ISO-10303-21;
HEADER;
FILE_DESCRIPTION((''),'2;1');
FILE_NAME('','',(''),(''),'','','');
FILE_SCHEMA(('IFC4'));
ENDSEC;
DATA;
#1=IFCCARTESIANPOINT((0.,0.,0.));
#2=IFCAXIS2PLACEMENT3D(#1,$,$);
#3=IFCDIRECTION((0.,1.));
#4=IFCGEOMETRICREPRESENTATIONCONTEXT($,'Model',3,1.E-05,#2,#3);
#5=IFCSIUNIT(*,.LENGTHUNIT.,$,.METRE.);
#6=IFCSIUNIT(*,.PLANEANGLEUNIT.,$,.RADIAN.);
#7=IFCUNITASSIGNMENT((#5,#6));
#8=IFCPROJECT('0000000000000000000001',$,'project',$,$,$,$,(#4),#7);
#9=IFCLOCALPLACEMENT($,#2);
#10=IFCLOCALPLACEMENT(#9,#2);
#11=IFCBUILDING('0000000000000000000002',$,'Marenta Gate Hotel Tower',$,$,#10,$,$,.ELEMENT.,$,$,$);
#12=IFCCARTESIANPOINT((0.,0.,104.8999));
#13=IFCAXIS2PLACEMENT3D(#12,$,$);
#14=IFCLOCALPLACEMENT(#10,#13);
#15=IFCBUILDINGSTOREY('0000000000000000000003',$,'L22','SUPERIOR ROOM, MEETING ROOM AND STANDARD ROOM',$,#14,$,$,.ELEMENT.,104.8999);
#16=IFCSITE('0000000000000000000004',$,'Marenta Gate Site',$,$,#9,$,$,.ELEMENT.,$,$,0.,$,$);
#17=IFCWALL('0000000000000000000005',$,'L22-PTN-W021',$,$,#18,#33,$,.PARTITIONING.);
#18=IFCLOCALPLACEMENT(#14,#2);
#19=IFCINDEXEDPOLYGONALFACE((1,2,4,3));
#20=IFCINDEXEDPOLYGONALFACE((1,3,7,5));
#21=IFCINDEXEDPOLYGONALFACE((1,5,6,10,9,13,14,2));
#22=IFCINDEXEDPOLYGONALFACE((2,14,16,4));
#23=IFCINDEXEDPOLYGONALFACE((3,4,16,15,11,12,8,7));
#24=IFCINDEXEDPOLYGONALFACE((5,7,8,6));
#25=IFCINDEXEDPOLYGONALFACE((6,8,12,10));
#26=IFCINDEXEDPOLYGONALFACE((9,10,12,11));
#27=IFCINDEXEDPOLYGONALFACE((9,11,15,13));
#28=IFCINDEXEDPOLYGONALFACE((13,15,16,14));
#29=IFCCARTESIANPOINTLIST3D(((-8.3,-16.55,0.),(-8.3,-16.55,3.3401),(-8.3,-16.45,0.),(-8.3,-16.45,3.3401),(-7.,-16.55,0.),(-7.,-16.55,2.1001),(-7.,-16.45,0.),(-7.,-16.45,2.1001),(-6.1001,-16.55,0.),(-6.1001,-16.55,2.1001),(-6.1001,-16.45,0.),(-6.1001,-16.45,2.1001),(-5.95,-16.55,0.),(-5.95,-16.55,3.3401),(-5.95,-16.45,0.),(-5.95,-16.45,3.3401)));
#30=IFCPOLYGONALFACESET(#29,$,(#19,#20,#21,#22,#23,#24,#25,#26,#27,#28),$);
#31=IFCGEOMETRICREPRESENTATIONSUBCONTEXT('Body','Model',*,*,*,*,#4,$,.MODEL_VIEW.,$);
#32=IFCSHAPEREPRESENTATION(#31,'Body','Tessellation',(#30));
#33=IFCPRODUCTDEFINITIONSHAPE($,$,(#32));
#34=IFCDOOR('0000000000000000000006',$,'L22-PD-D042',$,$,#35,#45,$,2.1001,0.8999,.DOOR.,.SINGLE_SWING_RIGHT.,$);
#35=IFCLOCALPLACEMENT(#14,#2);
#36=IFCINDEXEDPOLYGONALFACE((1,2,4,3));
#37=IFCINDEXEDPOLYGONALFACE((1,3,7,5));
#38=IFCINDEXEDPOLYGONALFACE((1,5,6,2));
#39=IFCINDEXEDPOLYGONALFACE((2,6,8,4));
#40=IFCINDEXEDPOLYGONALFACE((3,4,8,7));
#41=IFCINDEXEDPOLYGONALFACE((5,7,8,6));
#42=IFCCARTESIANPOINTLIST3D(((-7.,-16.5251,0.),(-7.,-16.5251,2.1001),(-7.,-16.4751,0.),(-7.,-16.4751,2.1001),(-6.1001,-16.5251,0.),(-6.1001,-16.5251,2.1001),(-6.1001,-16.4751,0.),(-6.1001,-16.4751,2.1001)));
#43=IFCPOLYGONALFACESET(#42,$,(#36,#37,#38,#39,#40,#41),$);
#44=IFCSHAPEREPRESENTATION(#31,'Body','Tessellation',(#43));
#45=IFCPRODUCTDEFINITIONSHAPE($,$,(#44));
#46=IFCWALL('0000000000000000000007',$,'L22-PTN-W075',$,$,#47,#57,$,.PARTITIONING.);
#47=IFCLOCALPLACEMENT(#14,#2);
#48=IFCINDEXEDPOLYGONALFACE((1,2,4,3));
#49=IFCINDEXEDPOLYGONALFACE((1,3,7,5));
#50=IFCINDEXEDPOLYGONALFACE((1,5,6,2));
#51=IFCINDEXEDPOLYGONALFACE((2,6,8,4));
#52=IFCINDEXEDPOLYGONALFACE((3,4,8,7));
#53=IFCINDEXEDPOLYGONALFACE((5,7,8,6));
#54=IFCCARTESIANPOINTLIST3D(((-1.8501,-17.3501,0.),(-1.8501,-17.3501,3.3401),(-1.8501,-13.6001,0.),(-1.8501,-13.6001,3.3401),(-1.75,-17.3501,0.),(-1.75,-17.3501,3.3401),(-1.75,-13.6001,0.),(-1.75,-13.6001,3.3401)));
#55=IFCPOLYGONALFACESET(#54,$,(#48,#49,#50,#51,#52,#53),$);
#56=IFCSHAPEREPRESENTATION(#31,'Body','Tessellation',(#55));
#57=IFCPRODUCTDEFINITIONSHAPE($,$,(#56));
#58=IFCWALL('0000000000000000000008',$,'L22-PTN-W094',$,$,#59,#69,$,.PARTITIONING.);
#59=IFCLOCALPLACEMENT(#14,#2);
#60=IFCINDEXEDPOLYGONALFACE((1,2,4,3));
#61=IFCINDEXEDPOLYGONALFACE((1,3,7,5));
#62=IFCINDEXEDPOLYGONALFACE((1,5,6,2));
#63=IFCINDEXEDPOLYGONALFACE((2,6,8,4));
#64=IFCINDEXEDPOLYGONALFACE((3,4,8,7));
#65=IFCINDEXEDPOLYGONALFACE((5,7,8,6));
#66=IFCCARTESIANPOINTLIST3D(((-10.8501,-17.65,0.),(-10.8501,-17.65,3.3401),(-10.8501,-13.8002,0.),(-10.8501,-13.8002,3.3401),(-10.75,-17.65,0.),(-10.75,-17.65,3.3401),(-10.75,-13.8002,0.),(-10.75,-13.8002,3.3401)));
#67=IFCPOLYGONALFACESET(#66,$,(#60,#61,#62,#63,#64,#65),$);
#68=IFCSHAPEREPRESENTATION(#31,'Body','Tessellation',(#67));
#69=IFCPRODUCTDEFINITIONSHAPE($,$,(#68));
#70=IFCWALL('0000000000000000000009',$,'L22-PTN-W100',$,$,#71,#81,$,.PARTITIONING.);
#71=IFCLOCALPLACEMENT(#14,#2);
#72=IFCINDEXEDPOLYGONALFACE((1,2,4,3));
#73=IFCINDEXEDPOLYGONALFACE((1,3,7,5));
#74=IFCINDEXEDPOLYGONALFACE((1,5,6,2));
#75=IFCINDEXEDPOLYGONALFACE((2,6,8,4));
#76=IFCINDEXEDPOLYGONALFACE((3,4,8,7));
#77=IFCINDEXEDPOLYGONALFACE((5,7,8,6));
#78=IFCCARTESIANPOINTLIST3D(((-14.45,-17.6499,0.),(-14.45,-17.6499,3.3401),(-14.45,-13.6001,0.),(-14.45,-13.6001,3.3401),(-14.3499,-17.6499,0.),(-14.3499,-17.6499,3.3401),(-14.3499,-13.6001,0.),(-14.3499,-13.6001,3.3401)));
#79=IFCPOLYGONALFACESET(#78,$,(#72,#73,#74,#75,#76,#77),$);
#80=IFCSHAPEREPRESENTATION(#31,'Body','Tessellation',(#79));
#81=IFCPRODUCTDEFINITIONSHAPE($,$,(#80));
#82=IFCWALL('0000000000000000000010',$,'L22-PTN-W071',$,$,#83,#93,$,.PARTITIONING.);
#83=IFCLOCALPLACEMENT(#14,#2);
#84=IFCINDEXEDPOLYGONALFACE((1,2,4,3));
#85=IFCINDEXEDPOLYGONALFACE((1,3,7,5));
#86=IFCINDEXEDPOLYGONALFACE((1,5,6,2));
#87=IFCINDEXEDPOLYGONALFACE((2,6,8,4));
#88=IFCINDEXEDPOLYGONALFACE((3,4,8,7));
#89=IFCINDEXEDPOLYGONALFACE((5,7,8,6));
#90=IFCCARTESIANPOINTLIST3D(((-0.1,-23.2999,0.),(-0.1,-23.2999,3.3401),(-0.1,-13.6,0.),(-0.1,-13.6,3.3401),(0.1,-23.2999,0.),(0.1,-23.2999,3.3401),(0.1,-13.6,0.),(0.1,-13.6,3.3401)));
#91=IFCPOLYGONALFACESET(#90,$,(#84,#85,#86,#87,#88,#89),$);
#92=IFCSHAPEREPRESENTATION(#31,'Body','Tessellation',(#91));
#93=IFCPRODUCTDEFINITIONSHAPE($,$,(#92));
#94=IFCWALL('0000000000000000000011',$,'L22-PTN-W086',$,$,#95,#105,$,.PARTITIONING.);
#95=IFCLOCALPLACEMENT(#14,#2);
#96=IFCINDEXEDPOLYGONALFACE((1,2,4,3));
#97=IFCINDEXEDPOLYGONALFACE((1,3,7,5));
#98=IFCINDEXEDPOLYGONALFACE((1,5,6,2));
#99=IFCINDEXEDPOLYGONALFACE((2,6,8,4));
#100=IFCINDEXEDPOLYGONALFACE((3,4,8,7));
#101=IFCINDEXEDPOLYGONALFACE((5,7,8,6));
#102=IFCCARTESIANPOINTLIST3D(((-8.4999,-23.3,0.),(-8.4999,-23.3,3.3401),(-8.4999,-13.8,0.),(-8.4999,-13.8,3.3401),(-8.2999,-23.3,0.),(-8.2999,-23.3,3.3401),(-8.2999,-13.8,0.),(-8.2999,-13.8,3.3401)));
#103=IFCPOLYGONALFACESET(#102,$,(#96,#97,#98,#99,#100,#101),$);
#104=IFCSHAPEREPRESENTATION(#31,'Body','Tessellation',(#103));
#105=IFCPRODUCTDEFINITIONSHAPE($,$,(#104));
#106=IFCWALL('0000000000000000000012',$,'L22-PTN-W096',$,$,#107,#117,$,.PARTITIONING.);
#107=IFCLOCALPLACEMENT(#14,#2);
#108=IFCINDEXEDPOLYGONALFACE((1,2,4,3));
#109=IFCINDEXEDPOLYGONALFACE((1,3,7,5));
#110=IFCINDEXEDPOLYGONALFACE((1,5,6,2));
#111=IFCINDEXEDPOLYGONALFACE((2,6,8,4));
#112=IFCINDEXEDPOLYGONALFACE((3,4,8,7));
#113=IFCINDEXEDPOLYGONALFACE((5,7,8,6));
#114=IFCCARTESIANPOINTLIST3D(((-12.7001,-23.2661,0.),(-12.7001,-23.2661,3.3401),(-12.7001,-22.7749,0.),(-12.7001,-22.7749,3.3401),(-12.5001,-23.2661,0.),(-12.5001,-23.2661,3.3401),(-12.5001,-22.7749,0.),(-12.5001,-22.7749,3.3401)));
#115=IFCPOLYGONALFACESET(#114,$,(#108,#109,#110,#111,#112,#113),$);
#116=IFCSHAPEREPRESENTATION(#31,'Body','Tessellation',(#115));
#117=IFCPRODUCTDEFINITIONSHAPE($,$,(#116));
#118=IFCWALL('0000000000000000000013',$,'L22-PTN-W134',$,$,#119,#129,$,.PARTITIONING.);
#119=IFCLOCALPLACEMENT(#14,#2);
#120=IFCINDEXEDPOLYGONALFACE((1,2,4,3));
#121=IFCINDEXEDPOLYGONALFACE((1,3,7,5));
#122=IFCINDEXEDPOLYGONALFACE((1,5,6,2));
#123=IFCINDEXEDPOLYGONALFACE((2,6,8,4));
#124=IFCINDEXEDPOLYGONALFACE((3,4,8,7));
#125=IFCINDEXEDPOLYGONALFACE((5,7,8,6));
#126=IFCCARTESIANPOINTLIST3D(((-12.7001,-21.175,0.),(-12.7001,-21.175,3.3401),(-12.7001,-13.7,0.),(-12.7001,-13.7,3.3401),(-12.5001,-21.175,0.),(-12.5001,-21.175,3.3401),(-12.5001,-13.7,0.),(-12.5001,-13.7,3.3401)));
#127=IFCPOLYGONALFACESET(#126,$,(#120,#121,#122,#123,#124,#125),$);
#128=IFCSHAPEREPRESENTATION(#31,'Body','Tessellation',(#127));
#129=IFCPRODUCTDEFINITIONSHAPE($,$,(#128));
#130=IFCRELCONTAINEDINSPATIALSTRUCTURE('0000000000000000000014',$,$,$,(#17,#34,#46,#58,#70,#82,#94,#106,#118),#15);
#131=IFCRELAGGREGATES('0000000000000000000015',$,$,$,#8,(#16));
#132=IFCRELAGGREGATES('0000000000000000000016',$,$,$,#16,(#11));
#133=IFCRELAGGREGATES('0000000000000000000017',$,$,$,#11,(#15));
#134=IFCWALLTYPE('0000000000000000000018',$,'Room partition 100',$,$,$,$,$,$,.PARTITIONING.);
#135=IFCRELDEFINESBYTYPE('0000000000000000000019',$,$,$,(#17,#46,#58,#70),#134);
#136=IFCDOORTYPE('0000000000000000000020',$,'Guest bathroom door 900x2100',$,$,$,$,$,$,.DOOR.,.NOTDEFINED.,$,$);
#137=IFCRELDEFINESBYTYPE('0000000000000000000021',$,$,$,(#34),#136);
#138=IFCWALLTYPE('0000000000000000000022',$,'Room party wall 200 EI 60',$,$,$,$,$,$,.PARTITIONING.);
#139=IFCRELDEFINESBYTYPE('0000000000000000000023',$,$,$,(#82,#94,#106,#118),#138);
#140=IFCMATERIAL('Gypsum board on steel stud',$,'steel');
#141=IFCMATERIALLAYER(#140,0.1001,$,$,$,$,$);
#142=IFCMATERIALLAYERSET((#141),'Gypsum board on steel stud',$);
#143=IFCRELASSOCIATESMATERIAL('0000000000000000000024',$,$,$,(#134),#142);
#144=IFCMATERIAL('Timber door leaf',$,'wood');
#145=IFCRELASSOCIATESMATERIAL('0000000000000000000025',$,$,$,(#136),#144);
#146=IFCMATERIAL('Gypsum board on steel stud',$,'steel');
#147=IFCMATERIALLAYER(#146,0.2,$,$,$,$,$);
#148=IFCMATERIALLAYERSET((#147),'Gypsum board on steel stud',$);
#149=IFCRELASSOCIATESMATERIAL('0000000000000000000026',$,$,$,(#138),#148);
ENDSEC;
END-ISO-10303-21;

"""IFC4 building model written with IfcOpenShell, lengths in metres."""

from ifc_helpers import new_model, si_unit, direction, frame, frame_2d, origin, place, context, subcontext, project, spatial, rectangle, extrude, material, layer, layer_set, type_object, element, fill, save


model = new_model("IFC4")

# Units and contexts
model_context = context("Model", 3, precision=1e-05, world=origin(), true_north=direction((0.0, 1.0)))
body_context = subcontext(model_context, "Body", "Model", "MODEL_VIEW")
ifc_project = project(units=[si_unit("LENGTHUNIT", "METRE"), si_unit("PLANEANGLEUNIT", "RADIAN")], contexts=[model_context])

# Site, building, storey
site_placement = place(None, origin())
site = spatial("IfcSite", under=ifc_project, at=site_placement, Name="Marenta Gate Site", CompositionType="ELEMENT", RefElevation=0.0)
building_placement = place(site_placement, origin())
building = spatial("IfcBuilding", under=site, at=building_placement, Name="Marenta Gate Hotel Tower", CompositionType="ELEMENT")
storey_placement = place(building_placement, frame((0.0, 0.0, 104.8999)))
storey = spatial("IfcBuildingStorey", under=building, at=storey_placement, Name="L22", Description="SUPERIOR ROOM, MEETING ROOM AND STANDARD ROOM", CompositionType="ELEMENT", Elevation=104.8999)

# Wall, opening, door
ifc_material_1 = material(Name="Gypsum board on steel stud", Category="steel")
ifc_layer_1 = layer(ifc_material_1, 0.1001)
ifc_layer_set_1 = layer_set([ifc_layer_1], Name="Gypsum board on steel stud")
wall_type_1 = type_object("IfcWallType", Name="Room partition 100", PredefinedType="PARTITIONING", material=ifc_layer_set_1)
ifc_material_2 = material(Name="Timber door leaf", Category="wood")
door_type = type_object("IfcDoorType", Name="Guest bathroom door 900x2100", OperationType="NOTDEFINED", PredefinedType="DOOR", material=ifc_material_2)
wall_1_placement = place(storey_placement, frame((-8.3, -16.5, 0.0), z_axis=(0.0, 0.0, 1.0), x_axis=(1.0, 0.0, 0.0)))
wall_1 = element("IfcWall", 1, at=wall_1_placement, inside=storey, type_object=wall_type_1, Name="L22-PTN-W021", PredefinedType="PARTITIONING", context=body_context, shape_type="SweptSolid", body=[
    extrude(rectangle(XDim=2.3501, YDim=0.1001, at=frame_2d((1.175, 0.0))), origin(), (0.0, 0.0, 1.0), 3.3401),
])
opening_1_placement = place(wall_1_placement, frame((1.3, 0.0, 0.0)))
opening_1 = element("IfcOpeningElement", 2, at=opening_1_placement, cuts=wall_1, PredefinedType="OPENING", context=body_context, shape_type="SweptSolid", body=[
    extrude(rectangle(XDim=0.8999, YDim=2.1001, at=frame_2d((0.45, 1.05))), frame((0.0, 0.05, 0.0), z_axis=(0.0, -1.0, 0.0), x_axis=(1.0, 0.0, 0.0)), (0.0, 0.0, 1.0), 0.1001),
])
door_1_placement = place(opening_1_placement, origin())
door_1 = element("IfcDoor", 3, at=door_1_placement, inside=storey, type_object=door_type, Name="L22-PD-D042", OperationType="SINGLE_SWING_RIGHT", OverallHeight=2.1001, OverallWidth=0.8999, PredefinedType="DOOR", context=body_context, shape_type="SweptSolid", body=[
    extrude(rectangle(XDim=0.8999, YDim=2.1001, at=frame_2d((0.45, 1.05))), frame((0.0, 0.0249, 0.0), z_axis=(0.0, -1.0, 0.0), x_axis=(1.0, 0.0, 0.0)), (0.0, 0.0, 1.0), 0.05),
])
fill(opening_1, door_1)

# Walls
wall_2_placement = place(storey_placement, frame((-1.8, -17.3501, 0.0), z_axis=(0.0, 0.0, 1.0), x_axis=(0.0, 1.0, 0.0)))
element("IfcWall", 4, at=wall_2_placement, inside=storey, type_object=wall_type_1, Name="L22-PTN-W075", PredefinedType="PARTITIONING", context=body_context, shape_type="SweptSolid", body=[
    extrude(rectangle(XDim=3.75, YDim=0.1001, at=frame_2d((1.875, 0.0))), origin(), (0.0, 0.0, 1.0), 3.3401),
])
wall_3_placement = place(storey_placement, frame((-10.8, -17.6499, 0.0), z_axis=(0.0, 0.0, 1.0), x_axis=(0.0, 1.0, 0.0)))
element("IfcWall", 5, at=wall_3_placement, inside=storey, type_object=wall_type_1, Name="L22-PTN-W094", PredefinedType="PARTITIONING", context=body_context, shape_type="SweptSolid", body=[
    extrude(rectangle(XDim=3.8499, YDim=0.1001, at=frame_2d((1.9248, 0.0))), origin(), (0.0, 0.0, 1.0), 3.3401),
])
wall_4_placement = place(storey_placement, frame((-14.3999, -17.6499, 0.0), z_axis=(0.0, 0.0, 1.0), x_axis=(0.0, 1.0, 0.0)))
element("IfcWall", 6, at=wall_4_placement, inside=storey, type_object=wall_type_1, Name="L22-PTN-W100", PredefinedType="PARTITIONING", context=body_context, shape_type="SweptSolid", body=[
    extrude(rectangle(XDim=4.0498, YDim=0.1001, at=frame_2d((2.0249, 0.0))), origin(), (0.0, 0.0, 1.0), 3.3401),
])
ifc_material_3 = material(Name="Gypsum board on steel stud", Category="steel")
ifc_layer_2 = layer(ifc_material_3, 0.2)
ifc_layer_set_2 = layer_set([ifc_layer_2], Name="Gypsum board on steel stud")
wall_type_2 = type_object("IfcWallType", Name="Room party wall 200 EI 60", PredefinedType="PARTITIONING", material=ifc_layer_set_2)
wall_5_placement = place(storey_placement, frame((0.0, -23.3, 0.0), z_axis=(0.0, 0.0, 1.0), x_axis=(0.0, 1.0, 0.0)))
element("IfcWall", 7, at=wall_5_placement, inside=storey, type_object=wall_type_2, Name="L22-PTN-W071", PredefinedType="PARTITIONING", context=body_context, shape_type="SweptSolid", body=[
    extrude(rectangle(XDim=9.7, YDim=0.2, at=frame_2d((4.8501, 0.0))), origin(), (0.0, 0.0, 1.0), 3.3401),
])
wall_6_placement = place(storey_placement, frame((-8.3999, -23.3, 0.0), z_axis=(0.0, 0.0, 1.0), x_axis=(0.0, 1.0, 0.0)))
element("IfcWall", 8, at=wall_6_placement, inside=storey, type_object=wall_type_2, Name="L22-PTN-W086", PredefinedType="PARTITIONING", context=body_context, shape_type="SweptSolid", body=[
    extrude(rectangle(XDim=9.5, YDim=0.2, at=frame_2d((4.75, 0.0))), origin(), (0.0, 0.0, 1.0), 3.3401),
])
wall_7_placement = place(storey_placement, frame((-12.6001, -23.2661, 0.0), z_axis=(0.0, 0.0, 1.0), x_axis=(0.0, 1.0, 0.0)))
element("IfcWall", 9, at=wall_7_placement, inside=storey, type_object=wall_type_2, Name="L22-PTN-W096", PredefinedType="PARTITIONING", context=body_context, shape_type="SweptSolid", body=[
    extrude(rectangle(XDim=0.4912, YDim=0.2, at=frame_2d((0.2456, 0.0))), origin(), (0.0, 0.0, 1.0), 3.3401),
])
wall_8_placement = place(storey_placement, frame((-12.6001, -21.175, 0.0), z_axis=(0.0, 0.0, 1.0), x_axis=(0.0, 1.0, 0.0)))
element("IfcWall", 10, at=wall_8_placement, inside=storey, type_object=wall_type_2, Name="L22-PTN-W134", PredefinedType="PARTITIONING", context=body_context, shape_type="SweptSolid", body=[
    extrude(rectangle(XDim=7.4751, YDim=0.2, at=frame_2d((3.7375, 0.0))), origin(), (0.0, 0.0, 1.0), 3.3401),
])

save(model, "model.ifc")
